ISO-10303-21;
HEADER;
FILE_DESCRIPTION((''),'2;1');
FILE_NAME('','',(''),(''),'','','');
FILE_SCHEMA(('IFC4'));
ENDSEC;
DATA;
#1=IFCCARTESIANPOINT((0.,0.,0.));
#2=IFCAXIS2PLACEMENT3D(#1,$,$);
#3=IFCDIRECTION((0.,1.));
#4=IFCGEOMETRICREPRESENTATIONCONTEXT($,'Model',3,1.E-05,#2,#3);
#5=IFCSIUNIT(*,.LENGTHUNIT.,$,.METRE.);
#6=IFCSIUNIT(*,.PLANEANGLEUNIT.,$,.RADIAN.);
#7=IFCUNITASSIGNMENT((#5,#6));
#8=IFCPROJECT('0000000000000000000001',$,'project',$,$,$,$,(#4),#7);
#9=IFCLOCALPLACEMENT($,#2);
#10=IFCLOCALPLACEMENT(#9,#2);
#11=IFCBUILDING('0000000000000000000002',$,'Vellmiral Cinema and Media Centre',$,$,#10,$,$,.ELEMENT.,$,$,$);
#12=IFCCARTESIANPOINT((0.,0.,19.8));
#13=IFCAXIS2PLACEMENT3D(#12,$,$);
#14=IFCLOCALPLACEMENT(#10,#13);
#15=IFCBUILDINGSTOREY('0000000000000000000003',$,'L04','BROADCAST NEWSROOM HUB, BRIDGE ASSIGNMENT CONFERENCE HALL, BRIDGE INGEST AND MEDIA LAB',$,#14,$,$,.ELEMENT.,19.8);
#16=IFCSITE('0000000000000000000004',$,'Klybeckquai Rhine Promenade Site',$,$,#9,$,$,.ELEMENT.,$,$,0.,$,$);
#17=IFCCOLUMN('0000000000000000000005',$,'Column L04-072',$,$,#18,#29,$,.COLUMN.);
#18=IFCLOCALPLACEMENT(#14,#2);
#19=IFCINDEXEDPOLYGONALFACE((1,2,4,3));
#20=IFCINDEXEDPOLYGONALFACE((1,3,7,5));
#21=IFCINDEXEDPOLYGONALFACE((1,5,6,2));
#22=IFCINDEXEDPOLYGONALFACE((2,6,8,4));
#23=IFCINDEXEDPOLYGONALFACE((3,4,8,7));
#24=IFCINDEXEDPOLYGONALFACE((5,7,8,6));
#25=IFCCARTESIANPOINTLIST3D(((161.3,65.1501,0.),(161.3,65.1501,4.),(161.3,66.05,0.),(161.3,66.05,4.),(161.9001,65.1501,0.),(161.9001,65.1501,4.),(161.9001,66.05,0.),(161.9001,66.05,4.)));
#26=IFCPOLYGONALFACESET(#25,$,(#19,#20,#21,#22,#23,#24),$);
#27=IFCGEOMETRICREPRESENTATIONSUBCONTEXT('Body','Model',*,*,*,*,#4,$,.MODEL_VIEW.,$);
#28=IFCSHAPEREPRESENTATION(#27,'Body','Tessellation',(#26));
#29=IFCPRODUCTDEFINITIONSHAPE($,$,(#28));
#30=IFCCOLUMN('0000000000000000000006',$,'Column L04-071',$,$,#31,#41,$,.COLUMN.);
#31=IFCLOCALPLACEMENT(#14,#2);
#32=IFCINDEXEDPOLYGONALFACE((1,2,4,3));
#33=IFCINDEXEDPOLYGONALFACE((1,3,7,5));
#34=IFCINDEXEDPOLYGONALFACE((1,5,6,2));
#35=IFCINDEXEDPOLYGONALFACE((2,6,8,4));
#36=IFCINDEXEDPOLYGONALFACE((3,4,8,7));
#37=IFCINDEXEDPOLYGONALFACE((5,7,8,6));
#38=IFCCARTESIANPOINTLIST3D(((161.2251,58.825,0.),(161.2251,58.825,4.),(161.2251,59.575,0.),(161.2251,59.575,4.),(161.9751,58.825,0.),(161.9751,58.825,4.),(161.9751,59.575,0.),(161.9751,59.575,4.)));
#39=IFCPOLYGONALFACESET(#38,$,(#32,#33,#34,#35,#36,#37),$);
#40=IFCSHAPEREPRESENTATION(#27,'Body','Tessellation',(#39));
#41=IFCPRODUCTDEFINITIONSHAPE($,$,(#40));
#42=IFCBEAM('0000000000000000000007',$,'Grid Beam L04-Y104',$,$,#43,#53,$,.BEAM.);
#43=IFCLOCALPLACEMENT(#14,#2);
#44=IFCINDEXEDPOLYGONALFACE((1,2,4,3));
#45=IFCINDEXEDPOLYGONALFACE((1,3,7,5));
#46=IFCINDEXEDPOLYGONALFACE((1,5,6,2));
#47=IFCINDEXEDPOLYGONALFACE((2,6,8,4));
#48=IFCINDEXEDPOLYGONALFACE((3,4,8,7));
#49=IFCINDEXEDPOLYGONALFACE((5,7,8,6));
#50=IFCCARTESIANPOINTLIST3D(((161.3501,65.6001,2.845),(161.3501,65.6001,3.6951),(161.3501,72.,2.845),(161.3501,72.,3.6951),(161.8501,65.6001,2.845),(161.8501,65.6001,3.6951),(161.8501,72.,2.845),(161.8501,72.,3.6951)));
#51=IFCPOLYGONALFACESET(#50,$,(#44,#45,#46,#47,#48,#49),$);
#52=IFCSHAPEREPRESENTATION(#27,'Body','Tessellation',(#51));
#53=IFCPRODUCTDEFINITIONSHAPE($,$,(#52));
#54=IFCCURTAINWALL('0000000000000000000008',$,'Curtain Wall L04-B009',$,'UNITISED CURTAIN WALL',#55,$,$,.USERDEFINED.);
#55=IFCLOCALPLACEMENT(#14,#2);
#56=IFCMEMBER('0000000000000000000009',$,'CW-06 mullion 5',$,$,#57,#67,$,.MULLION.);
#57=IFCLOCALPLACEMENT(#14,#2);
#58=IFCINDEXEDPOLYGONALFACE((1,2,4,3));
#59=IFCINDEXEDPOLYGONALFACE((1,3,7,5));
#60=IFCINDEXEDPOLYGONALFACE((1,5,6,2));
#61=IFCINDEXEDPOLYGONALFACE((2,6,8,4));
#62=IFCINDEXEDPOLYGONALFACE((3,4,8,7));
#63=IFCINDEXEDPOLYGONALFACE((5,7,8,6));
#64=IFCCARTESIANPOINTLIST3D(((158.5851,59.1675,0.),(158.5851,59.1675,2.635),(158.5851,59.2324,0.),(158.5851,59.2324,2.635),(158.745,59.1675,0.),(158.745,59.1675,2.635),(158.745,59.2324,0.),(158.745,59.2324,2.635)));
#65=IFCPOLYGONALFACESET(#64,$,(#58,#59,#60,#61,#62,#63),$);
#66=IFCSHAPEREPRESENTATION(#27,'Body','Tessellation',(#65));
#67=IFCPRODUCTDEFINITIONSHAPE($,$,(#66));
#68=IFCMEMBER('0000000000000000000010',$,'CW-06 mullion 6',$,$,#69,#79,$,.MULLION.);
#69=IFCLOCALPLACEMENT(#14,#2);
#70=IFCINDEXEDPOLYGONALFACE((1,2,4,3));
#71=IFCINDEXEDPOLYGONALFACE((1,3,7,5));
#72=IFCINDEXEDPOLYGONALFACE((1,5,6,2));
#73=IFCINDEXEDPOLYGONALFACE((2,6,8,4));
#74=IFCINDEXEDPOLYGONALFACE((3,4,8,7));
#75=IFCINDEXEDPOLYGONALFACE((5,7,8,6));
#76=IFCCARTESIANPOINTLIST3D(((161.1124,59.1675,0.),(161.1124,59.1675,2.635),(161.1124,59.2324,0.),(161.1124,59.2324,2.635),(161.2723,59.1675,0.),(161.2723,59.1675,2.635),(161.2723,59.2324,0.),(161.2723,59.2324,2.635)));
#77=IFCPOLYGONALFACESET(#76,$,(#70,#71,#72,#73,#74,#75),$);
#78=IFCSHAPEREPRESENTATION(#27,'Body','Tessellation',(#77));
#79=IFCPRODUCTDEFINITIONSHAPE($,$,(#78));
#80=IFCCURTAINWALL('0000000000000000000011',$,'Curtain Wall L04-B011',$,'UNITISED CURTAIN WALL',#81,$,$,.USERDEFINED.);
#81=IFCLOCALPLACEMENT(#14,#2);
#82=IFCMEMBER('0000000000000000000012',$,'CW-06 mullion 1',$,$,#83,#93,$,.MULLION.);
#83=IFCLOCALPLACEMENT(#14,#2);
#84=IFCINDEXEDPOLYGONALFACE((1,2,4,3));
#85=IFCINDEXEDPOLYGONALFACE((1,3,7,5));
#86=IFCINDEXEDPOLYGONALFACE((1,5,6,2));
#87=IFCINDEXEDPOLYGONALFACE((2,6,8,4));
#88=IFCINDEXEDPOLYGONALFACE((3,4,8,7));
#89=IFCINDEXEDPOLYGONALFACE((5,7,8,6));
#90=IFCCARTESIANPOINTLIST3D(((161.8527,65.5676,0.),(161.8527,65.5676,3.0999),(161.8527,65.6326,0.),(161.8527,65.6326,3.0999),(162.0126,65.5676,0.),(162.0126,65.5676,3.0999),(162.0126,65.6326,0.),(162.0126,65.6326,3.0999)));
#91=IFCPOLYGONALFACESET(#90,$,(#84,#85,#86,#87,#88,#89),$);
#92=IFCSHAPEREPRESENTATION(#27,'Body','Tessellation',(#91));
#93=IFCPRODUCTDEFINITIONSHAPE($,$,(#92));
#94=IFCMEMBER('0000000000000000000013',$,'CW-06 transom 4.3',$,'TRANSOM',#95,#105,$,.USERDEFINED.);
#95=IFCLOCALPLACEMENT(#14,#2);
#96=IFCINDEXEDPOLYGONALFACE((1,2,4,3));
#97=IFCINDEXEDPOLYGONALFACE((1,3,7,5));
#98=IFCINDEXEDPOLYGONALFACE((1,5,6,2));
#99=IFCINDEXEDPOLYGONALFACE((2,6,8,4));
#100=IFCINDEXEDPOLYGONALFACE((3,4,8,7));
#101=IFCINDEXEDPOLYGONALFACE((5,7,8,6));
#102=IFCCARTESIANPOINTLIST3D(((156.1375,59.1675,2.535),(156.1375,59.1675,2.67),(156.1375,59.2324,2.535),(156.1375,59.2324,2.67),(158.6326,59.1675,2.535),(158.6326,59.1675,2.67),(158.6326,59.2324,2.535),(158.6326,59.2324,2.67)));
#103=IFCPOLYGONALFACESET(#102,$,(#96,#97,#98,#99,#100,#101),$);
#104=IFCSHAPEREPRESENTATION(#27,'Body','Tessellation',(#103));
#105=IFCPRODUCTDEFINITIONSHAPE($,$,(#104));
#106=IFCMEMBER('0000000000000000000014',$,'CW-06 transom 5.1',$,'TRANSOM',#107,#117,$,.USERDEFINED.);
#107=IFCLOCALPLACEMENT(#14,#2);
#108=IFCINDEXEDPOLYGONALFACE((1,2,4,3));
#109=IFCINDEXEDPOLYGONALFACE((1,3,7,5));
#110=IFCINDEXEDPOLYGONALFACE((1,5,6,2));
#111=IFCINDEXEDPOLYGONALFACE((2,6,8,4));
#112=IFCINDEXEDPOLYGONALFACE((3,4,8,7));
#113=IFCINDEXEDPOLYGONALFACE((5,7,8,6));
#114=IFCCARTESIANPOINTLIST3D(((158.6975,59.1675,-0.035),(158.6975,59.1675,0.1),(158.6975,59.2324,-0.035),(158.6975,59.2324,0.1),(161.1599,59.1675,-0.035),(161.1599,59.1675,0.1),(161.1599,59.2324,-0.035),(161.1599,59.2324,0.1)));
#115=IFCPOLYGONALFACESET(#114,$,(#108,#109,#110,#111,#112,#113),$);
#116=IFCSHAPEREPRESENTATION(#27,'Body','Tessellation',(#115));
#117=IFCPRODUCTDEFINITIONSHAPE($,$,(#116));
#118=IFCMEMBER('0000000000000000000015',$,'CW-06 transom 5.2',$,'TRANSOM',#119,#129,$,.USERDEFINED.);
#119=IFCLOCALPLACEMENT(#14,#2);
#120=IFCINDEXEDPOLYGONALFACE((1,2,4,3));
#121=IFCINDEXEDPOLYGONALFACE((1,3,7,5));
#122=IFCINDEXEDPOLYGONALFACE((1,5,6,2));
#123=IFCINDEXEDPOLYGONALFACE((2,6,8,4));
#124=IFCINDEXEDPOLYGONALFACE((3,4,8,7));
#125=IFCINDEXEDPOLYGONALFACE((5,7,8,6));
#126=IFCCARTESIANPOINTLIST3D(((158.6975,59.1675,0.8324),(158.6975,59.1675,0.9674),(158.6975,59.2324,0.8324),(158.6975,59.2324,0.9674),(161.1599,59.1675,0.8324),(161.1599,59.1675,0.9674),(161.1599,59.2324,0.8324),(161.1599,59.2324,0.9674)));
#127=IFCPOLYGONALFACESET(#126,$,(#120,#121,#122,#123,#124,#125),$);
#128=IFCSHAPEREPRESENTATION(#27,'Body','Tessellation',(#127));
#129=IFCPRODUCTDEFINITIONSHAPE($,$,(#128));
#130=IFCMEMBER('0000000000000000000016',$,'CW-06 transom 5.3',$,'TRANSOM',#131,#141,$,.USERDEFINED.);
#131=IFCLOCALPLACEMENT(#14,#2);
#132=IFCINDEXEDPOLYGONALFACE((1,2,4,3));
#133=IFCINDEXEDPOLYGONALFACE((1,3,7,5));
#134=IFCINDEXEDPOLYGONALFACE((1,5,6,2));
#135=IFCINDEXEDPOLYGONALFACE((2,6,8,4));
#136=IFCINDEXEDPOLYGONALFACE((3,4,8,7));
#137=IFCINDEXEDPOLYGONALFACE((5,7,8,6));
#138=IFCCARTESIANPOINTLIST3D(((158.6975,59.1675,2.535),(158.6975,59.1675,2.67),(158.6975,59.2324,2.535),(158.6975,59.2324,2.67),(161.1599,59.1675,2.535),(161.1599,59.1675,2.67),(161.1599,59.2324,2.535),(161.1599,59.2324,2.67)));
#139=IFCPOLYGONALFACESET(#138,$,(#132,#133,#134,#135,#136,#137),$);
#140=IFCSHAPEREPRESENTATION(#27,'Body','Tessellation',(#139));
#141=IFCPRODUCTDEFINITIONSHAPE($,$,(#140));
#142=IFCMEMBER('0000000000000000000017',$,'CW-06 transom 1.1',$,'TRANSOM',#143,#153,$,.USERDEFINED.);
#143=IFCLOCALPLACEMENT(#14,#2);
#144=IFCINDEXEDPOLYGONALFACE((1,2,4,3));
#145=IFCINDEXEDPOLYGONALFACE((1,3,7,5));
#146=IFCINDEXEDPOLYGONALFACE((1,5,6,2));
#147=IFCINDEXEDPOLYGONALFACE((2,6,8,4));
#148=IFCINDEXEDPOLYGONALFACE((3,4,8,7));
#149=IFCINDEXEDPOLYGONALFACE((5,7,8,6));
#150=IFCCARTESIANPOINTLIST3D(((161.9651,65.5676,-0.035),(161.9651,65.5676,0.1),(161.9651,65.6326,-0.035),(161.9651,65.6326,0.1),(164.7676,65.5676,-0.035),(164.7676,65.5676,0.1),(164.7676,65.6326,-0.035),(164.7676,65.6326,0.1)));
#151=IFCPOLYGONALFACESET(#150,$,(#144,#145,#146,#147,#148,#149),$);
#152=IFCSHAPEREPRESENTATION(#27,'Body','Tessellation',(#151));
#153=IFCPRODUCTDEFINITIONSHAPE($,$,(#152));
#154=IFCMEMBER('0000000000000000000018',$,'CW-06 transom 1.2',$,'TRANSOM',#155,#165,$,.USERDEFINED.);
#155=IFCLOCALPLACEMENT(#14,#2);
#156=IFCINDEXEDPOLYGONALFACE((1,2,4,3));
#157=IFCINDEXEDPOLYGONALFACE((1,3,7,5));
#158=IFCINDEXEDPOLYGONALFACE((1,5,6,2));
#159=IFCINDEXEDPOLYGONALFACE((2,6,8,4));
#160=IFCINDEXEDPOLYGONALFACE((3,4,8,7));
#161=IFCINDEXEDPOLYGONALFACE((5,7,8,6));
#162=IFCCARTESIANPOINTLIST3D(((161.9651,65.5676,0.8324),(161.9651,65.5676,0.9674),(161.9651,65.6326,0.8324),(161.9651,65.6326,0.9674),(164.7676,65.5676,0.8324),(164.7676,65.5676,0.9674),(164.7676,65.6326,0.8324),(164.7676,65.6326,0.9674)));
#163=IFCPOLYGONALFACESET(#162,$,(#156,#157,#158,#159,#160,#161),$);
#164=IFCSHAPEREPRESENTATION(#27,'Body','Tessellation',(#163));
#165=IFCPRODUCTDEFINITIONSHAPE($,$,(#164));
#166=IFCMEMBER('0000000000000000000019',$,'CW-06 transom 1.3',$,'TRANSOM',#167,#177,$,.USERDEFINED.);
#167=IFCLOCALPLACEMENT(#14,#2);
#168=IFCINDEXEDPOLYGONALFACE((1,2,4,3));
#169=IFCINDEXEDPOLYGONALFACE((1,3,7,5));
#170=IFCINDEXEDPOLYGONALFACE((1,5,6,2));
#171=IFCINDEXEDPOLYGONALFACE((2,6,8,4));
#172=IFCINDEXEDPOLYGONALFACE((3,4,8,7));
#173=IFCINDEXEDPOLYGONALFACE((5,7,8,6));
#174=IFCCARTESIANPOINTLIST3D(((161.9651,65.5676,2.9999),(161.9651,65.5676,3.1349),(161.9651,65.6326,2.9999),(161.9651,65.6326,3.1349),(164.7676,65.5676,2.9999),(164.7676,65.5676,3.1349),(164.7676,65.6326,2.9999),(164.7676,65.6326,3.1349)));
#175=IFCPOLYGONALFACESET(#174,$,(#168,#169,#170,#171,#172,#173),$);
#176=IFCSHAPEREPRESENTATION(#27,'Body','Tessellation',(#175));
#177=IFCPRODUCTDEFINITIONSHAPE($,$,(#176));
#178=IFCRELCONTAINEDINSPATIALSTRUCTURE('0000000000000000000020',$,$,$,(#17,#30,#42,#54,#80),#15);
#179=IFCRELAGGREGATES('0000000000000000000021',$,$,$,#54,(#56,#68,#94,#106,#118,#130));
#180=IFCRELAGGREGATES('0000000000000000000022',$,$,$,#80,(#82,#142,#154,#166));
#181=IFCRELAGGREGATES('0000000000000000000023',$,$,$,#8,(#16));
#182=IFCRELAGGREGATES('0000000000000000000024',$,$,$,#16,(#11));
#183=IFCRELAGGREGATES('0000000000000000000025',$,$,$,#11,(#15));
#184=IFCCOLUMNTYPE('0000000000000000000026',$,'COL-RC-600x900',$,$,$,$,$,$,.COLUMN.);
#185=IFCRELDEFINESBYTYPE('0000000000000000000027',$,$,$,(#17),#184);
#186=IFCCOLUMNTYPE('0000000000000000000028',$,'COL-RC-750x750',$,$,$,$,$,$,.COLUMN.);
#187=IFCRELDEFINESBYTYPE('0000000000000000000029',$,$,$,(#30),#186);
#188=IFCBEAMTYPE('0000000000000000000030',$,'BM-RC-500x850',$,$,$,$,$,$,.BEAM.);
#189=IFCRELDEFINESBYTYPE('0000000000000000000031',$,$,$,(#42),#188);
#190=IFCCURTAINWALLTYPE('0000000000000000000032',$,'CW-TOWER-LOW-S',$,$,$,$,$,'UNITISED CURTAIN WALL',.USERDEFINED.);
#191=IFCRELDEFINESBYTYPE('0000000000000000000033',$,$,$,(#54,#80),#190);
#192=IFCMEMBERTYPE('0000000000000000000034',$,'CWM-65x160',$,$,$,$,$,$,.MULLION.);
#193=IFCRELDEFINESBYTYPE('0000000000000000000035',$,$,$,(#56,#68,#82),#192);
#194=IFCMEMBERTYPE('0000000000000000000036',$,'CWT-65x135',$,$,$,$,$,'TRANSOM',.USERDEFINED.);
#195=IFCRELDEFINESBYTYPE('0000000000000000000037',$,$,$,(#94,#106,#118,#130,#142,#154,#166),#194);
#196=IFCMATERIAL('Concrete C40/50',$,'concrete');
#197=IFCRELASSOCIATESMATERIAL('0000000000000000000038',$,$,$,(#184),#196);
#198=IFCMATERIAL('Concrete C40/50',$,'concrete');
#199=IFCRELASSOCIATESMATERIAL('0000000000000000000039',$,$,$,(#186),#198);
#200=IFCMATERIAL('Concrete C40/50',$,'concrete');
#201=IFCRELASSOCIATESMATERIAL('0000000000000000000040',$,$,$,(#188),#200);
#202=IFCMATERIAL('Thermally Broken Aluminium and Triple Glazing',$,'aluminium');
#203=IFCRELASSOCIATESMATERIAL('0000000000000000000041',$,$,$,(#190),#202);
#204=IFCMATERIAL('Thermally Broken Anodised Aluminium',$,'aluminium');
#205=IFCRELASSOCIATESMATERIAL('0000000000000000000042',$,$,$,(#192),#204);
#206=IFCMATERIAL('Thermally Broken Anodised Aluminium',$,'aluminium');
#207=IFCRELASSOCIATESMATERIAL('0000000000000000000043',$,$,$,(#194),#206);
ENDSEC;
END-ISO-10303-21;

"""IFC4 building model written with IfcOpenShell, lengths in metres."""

from ifc_helpers import new_model, si_unit, direction, frame, origin, origin_2d, place, context, subcontext, project, spatial, rectangle, extrude, material, material_profile, profile_set, type_object, element, aggregate, save


model = new_model("IFC4")

# Units and contexts
model_context = context("Model", 3, precision=1e-05, world=origin(), true_north=direction((0.0, 1.0)))
body_context = subcontext(model_context, "Body", "Model", "MODEL_VIEW")
ifc_project = project(units=[si_unit("LENGTHUNIT", "METRE"), si_unit("PLANEANGLEUNIT", "RADIAN")], contexts=[model_context])

# Site, building, storey
site_placement = place(None, origin())
site = spatial("IfcSite", under=ifc_project, at=site_placement, Name="Klybeckquai Rhine Promenade Site", CompositionType="ELEMENT", RefElevation=0.0)
building_placement = place(site_placement, origin())
building = spatial("IfcBuilding", under=site, at=building_placement, Name="Vellmiral Cinema and Media Centre", CompositionType="ELEMENT")
storey_placement = place(building_placement, frame((0.0, 0.0, 19.8)))
storey = spatial("IfcBuildingStorey", under=building, at=storey_placement, Name="L04", Description="BROADCAST NEWSROOM HUB, BRIDGE ASSIGNMENT CONFERENCE HALL, BRIDGE INGEST AND MEDIA LAB", CompositionType="ELEMENT", Elevation=19.8)

# Columns
ifc_material_1 = material(Name="Concrete C40/50", Category="concrete")
ifc_material_profile_1 = material_profile(ifc_material_1, rectangle(XDim=0.6001, YDim=0.8999, at=origin_2d()), Name="RC 600x900")
ifc_profile_set_1 = profile_set([ifc_material_profile_1], Name="Concrete C40/50")
column_type_1 = type_object("IfcColumnType", Name="COL-RC-600x900", PredefinedType="COLUMN", material=ifc_profile_set_1)
column_1_placement = place(storey_placement, frame((161.6001, 65.6001, 0.0), z_axis=(0.0, 0.0, 1.0), x_axis=(1.0, 0.0, 0.0)))
element("IfcColumn", 1, at=column_1_placement, inside=storey, type_object=column_type_1, Name="Column L04-072", PredefinedType="COLUMN", context=body_context, shape_type="SweptSolid", body=[
    extrude(rectangle(XDim=0.6001, YDim=0.8999, at=origin_2d()), origin(), (0.0, 0.0, 1.0), 4.0),
])
ifc_material_2 = material(Name="Concrete C40/50", Category="concrete")
ifc_material_profile_2 = material_profile(ifc_material_2, rectangle(XDim=0.75, YDim=0.75, at=origin_2d()), Name="RC 750x750")
ifc_profile_set_2 = profile_set([ifc_material_profile_2], Name="Concrete C40/50")
column_type_2 = type_object("IfcColumnType", Name="COL-RC-750x750", PredefinedType="COLUMN", material=ifc_profile_set_2)
column_2_placement = place(storey_placement, frame((161.6001, 59.2, 0.0), z_axis=(0.0, 0.0, 1.0), x_axis=(1.0, 0.0, 0.0)))
element("IfcColumn", 2, at=column_2_placement, inside=storey, type_object=column_type_2, Name="Column L04-071", PredefinedType="COLUMN", context=body_context, shape_type="SweptSolid", body=[
    extrude(rectangle(XDim=0.75, YDim=0.75, at=origin_2d()), origin(), (0.0, 0.0, 1.0), 4.0),
])

# Beam
ifc_material_3 = material(Name="Concrete C40/50", Category="concrete")
ifc_material_profile_3 = material_profile(ifc_material_3, rectangle(XDim=0.5, YDim=0.8501, at=origin_2d()), Name="RC 500x850")
ifc_profile_set_3 = profile_set([ifc_material_profile_3], Name="Concrete C40/50")
beam_type_1 = type_object("IfcBeamType", Name="BM-RC-500x850", PredefinedType="BEAM", material=ifc_profile_set_3)
beam_1_placement = place(storey_placement, frame((161.6001, 65.6001, 3.27), z_axis=(0.0, 1.0, 0.0), x_axis=(-1.0, 0.0, 0.0)))
element("IfcBeam", 3, at=beam_1_placement, inside=storey, type_object=beam_type_1, Name="Grid Beam L04-Y104", PredefinedType="BEAM", context=body_context, shape_type="SweptSolid", body=[
    extrude(rectangle(XDim=0.5, YDim=0.8501, at=origin_2d()), origin(), (0.0, 0.0, 1.0), 6.3999),
])

# Curtain wall, members
ifc_material_4 = material(Name="Thermally Broken Aluminium and Triple Glazing", Category="aluminium")
curtain_wall_type = type_object("IfcCurtainWallType", Name="CW-TOWER-LOW-S", ElementType="UNITISED CURTAIN WALL", PredefinedType="USERDEFINED", material=ifc_material_4)
curtain_wall_1_placement = place(storey_placement, origin())
curtain_wall_1 = element("IfcCurtainWall", 4, at=curtain_wall_1_placement, inside=storey, type_object=curtain_wall_type, Name="Curtain Wall L04-B009", ObjectType="UNITISED CURTAIN WALL", PredefinedType="USERDEFINED")
ifc_material_5 = material(Name="Thermally Broken Anodised Aluminium", Category="aluminium")
ifc_material_profile_4 = material_profile(ifc_material_5, rectangle(XDim=0.0649, YDim=0.1599, at=origin_2d()), Name="MULL 65x160")
ifc_profile_set_4 = profile_set([ifc_material_profile_4], Name="Thermally Broken Anodised Aluminium")
member_type_1 = type_object("IfcMemberType", Name="CWM-65x160", PredefinedType="MULLION", material=ifc_profile_set_4)
member_1_placement = place(storey_placement, frame((158.665, 59.2, 0.0), z_axis=(0.0, 0.0, 1.0), x_axis=(0.0, 1.0, 0.0)))
member_1 = element("IfcMember", 5, at=member_1_placement, type_object=member_type_1, Name="CW-06 mullion 5", PredefinedType="MULLION", context=body_context, shape_type="SweptSolid", body=[
    extrude(rectangle(XDim=0.0649, YDim=0.1599, at=origin_2d()), origin(), (0.0, 0.0, 1.0), 2.635),
])
member_2_placement = place(storey_placement, frame((161.1924, 59.2, 0.0), z_axis=(0.0, 0.0, 1.0), x_axis=(0.0, 1.0, 0.0)))
member_2 = element("IfcMember", 6, at=member_2_placement, type_object=member_type_1, Name="CW-06 mullion 6", PredefinedType="MULLION", context=body_context, shape_type="SweptSolid", body=[
    extrude(rectangle(XDim=0.0649, YDim=0.1599, at=origin_2d()), origin(), (0.0, 0.0, 1.0), 2.635),
])

# Curtain wall, member
curtain_wall_2_placement = place(storey_placement, origin())
curtain_wall_2 = element("IfcCurtainWall", 7, at=curtain_wall_2_placement, inside=storey, type_object=curtain_wall_type, Name="Curtain Wall L04-B011", ObjectType="UNITISED CURTAIN WALL", PredefinedType="USERDEFINED")
member_3_placement = place(storey_placement, frame((161.9326, 65.6001, 0.0), z_axis=(0.0, 0.0, 1.0), x_axis=(0.0, 1.0, 0.0)))
member_3 = element("IfcMember", 8, at=member_3_placement, type_object=member_type_1, Name="CW-06 mullion 1", PredefinedType="MULLION", context=body_context, shape_type="SweptSolid", body=[
    extrude(rectangle(XDim=0.0649, YDim=0.1599, at=origin_2d()), origin(), (0.0, 0.0, 1.0), 3.0999),
])

# Members
ifc_material_6 = material(Name="Thermally Broken Anodised Aluminium", Category="aluminium")
ifc_material_profile_5 = material_profile(ifc_material_6, rectangle(XDim=0.0649, YDim=0.135, at=origin_2d()), Name="MULL 65x135")
ifc_profile_set_5 = profile_set([ifc_material_profile_5], Name="Thermally Broken Anodised Aluminium")
member_type_2 = type_object("IfcMemberType", Name="CWT-65x135", ElementType="TRANSOM", PredefinedType="USERDEFINED", material=ifc_profile_set_5)
member_4_placement = place(storey_placement, frame((156.1375, 59.2, 2.6025), z_axis=(1.0, 0.0, 0.0), x_axis=(0.0, 1.0, 0.0)))
member_4 = element("IfcMember", 9, at=member_4_placement, type_object=member_type_2, Name="CW-06 transom 4.3", ObjectType="TRANSOM", PredefinedType="USERDEFINED", context=body_context, shape_type="SweptSolid", body=[
    extrude(rectangle(XDim=0.0649, YDim=0.135, at=origin_2d()), origin(), (0.0, 0.0, 1.0), 2.4951),
])
member_5_placement = place(storey_placement, frame((158.6975, 59.2, 0.0325), z_axis=(1.0, 0.0, 0.0), x_axis=(0.0, 1.0, 0.0)))
member_5 = element("IfcMember", 10, at=member_5_placement, type_object=member_type_2, Name="CW-06 transom 5.1", ObjectType="TRANSOM", PredefinedType="USERDEFINED", context=body_context, shape_type="SweptSolid", body=[
    extrude(rectangle(XDim=0.0649, YDim=0.135, at=origin_2d()), origin(), (0.0, 0.0, 1.0), 2.4624),
])
member_6_placement = place(storey_placement, frame((158.6975, 59.2, 0.8999), z_axis=(1.0, 0.0, 0.0), x_axis=(0.0, 1.0, 0.0)))
member_6 = element("IfcMember", 11, at=member_6_placement, type_object=member_type_2, Name="CW-06 transom 5.2", ObjectType="TRANSOM", PredefinedType="USERDEFINED", context=body_context, shape_type="SweptSolid", body=[
    extrude(rectangle(XDim=0.0649, YDim=0.135, at=origin_2d()), origin(), (0.0, 0.0, 1.0), 2.4624),
])
member_7_placement = place(storey_placement, frame((158.6975, 59.2, 2.6025), z_axis=(1.0, 0.0, 0.0), x_axis=(0.0, 1.0, 0.0)))
member_7 = element("IfcMember", 12, at=member_7_placement, type_object=member_type_2, Name="CW-06 transom 5.3", ObjectType="TRANSOM", PredefinedType="USERDEFINED", context=body_context, shape_type="SweptSolid", body=[
    extrude(rectangle(XDim=0.0649, YDim=0.135, at=origin_2d()), origin(), (0.0, 0.0, 1.0), 2.4624),
])
member_8_placement = place(storey_placement, frame((161.9651, 65.6001, 0.0325), z_axis=(1.0, 0.0, 0.0), x_axis=(0.0, 1.0, 0.0)))
member_8 = element("IfcMember", 13, at=member_8_placement, type_object=member_type_2, Name="CW-06 transom 1.1", ObjectType="TRANSOM", PredefinedType="USERDEFINED", context=body_context, shape_type="SweptSolid", body=[
    extrude(rectangle(XDim=0.0649, YDim=0.135, at=origin_2d()), origin(), (0.0, 0.0, 1.0), 2.8025),
])
member_9_placement = place(storey_placement, frame((161.9651, 65.6001, 0.8999), z_axis=(1.0, 0.0, 0.0), x_axis=(0.0, 1.0, 0.0)))
member_9 = element("IfcMember", 14, at=member_9_placement, type_object=member_type_2, Name="CW-06 transom 1.2", ObjectType="TRANSOM", PredefinedType="USERDEFINED", context=body_context, shape_type="SweptSolid", body=[
    extrude(rectangle(XDim=0.0649, YDim=0.135, at=origin_2d()), origin(), (0.0, 0.0, 1.0), 2.8025),
])
member_10_placement = place(storey_placement, frame((161.9651, 65.6001, 3.0674), z_axis=(1.0, 0.0, 0.0), x_axis=(0.0, 1.0, 0.0)))
member_10 = element("IfcMember", 15, at=member_10_placement, type_object=member_type_2, Name="CW-06 transom 1.3", ObjectType="TRANSOM", PredefinedType="USERDEFINED", context=body_context, shape_type="SweptSolid", body=[
    extrude(rectangle(XDim=0.0649, YDim=0.135, at=origin_2d()), origin(), (0.0, 0.0, 1.0), 2.8025),
])

aggregate(curtain_wall_1, [member_1, member_2, member_4, member_5, member_6, member_7])
aggregate(curtain_wall_2, [member_3, member_8, member_9, member_10])

save(model, "model.ifc")
